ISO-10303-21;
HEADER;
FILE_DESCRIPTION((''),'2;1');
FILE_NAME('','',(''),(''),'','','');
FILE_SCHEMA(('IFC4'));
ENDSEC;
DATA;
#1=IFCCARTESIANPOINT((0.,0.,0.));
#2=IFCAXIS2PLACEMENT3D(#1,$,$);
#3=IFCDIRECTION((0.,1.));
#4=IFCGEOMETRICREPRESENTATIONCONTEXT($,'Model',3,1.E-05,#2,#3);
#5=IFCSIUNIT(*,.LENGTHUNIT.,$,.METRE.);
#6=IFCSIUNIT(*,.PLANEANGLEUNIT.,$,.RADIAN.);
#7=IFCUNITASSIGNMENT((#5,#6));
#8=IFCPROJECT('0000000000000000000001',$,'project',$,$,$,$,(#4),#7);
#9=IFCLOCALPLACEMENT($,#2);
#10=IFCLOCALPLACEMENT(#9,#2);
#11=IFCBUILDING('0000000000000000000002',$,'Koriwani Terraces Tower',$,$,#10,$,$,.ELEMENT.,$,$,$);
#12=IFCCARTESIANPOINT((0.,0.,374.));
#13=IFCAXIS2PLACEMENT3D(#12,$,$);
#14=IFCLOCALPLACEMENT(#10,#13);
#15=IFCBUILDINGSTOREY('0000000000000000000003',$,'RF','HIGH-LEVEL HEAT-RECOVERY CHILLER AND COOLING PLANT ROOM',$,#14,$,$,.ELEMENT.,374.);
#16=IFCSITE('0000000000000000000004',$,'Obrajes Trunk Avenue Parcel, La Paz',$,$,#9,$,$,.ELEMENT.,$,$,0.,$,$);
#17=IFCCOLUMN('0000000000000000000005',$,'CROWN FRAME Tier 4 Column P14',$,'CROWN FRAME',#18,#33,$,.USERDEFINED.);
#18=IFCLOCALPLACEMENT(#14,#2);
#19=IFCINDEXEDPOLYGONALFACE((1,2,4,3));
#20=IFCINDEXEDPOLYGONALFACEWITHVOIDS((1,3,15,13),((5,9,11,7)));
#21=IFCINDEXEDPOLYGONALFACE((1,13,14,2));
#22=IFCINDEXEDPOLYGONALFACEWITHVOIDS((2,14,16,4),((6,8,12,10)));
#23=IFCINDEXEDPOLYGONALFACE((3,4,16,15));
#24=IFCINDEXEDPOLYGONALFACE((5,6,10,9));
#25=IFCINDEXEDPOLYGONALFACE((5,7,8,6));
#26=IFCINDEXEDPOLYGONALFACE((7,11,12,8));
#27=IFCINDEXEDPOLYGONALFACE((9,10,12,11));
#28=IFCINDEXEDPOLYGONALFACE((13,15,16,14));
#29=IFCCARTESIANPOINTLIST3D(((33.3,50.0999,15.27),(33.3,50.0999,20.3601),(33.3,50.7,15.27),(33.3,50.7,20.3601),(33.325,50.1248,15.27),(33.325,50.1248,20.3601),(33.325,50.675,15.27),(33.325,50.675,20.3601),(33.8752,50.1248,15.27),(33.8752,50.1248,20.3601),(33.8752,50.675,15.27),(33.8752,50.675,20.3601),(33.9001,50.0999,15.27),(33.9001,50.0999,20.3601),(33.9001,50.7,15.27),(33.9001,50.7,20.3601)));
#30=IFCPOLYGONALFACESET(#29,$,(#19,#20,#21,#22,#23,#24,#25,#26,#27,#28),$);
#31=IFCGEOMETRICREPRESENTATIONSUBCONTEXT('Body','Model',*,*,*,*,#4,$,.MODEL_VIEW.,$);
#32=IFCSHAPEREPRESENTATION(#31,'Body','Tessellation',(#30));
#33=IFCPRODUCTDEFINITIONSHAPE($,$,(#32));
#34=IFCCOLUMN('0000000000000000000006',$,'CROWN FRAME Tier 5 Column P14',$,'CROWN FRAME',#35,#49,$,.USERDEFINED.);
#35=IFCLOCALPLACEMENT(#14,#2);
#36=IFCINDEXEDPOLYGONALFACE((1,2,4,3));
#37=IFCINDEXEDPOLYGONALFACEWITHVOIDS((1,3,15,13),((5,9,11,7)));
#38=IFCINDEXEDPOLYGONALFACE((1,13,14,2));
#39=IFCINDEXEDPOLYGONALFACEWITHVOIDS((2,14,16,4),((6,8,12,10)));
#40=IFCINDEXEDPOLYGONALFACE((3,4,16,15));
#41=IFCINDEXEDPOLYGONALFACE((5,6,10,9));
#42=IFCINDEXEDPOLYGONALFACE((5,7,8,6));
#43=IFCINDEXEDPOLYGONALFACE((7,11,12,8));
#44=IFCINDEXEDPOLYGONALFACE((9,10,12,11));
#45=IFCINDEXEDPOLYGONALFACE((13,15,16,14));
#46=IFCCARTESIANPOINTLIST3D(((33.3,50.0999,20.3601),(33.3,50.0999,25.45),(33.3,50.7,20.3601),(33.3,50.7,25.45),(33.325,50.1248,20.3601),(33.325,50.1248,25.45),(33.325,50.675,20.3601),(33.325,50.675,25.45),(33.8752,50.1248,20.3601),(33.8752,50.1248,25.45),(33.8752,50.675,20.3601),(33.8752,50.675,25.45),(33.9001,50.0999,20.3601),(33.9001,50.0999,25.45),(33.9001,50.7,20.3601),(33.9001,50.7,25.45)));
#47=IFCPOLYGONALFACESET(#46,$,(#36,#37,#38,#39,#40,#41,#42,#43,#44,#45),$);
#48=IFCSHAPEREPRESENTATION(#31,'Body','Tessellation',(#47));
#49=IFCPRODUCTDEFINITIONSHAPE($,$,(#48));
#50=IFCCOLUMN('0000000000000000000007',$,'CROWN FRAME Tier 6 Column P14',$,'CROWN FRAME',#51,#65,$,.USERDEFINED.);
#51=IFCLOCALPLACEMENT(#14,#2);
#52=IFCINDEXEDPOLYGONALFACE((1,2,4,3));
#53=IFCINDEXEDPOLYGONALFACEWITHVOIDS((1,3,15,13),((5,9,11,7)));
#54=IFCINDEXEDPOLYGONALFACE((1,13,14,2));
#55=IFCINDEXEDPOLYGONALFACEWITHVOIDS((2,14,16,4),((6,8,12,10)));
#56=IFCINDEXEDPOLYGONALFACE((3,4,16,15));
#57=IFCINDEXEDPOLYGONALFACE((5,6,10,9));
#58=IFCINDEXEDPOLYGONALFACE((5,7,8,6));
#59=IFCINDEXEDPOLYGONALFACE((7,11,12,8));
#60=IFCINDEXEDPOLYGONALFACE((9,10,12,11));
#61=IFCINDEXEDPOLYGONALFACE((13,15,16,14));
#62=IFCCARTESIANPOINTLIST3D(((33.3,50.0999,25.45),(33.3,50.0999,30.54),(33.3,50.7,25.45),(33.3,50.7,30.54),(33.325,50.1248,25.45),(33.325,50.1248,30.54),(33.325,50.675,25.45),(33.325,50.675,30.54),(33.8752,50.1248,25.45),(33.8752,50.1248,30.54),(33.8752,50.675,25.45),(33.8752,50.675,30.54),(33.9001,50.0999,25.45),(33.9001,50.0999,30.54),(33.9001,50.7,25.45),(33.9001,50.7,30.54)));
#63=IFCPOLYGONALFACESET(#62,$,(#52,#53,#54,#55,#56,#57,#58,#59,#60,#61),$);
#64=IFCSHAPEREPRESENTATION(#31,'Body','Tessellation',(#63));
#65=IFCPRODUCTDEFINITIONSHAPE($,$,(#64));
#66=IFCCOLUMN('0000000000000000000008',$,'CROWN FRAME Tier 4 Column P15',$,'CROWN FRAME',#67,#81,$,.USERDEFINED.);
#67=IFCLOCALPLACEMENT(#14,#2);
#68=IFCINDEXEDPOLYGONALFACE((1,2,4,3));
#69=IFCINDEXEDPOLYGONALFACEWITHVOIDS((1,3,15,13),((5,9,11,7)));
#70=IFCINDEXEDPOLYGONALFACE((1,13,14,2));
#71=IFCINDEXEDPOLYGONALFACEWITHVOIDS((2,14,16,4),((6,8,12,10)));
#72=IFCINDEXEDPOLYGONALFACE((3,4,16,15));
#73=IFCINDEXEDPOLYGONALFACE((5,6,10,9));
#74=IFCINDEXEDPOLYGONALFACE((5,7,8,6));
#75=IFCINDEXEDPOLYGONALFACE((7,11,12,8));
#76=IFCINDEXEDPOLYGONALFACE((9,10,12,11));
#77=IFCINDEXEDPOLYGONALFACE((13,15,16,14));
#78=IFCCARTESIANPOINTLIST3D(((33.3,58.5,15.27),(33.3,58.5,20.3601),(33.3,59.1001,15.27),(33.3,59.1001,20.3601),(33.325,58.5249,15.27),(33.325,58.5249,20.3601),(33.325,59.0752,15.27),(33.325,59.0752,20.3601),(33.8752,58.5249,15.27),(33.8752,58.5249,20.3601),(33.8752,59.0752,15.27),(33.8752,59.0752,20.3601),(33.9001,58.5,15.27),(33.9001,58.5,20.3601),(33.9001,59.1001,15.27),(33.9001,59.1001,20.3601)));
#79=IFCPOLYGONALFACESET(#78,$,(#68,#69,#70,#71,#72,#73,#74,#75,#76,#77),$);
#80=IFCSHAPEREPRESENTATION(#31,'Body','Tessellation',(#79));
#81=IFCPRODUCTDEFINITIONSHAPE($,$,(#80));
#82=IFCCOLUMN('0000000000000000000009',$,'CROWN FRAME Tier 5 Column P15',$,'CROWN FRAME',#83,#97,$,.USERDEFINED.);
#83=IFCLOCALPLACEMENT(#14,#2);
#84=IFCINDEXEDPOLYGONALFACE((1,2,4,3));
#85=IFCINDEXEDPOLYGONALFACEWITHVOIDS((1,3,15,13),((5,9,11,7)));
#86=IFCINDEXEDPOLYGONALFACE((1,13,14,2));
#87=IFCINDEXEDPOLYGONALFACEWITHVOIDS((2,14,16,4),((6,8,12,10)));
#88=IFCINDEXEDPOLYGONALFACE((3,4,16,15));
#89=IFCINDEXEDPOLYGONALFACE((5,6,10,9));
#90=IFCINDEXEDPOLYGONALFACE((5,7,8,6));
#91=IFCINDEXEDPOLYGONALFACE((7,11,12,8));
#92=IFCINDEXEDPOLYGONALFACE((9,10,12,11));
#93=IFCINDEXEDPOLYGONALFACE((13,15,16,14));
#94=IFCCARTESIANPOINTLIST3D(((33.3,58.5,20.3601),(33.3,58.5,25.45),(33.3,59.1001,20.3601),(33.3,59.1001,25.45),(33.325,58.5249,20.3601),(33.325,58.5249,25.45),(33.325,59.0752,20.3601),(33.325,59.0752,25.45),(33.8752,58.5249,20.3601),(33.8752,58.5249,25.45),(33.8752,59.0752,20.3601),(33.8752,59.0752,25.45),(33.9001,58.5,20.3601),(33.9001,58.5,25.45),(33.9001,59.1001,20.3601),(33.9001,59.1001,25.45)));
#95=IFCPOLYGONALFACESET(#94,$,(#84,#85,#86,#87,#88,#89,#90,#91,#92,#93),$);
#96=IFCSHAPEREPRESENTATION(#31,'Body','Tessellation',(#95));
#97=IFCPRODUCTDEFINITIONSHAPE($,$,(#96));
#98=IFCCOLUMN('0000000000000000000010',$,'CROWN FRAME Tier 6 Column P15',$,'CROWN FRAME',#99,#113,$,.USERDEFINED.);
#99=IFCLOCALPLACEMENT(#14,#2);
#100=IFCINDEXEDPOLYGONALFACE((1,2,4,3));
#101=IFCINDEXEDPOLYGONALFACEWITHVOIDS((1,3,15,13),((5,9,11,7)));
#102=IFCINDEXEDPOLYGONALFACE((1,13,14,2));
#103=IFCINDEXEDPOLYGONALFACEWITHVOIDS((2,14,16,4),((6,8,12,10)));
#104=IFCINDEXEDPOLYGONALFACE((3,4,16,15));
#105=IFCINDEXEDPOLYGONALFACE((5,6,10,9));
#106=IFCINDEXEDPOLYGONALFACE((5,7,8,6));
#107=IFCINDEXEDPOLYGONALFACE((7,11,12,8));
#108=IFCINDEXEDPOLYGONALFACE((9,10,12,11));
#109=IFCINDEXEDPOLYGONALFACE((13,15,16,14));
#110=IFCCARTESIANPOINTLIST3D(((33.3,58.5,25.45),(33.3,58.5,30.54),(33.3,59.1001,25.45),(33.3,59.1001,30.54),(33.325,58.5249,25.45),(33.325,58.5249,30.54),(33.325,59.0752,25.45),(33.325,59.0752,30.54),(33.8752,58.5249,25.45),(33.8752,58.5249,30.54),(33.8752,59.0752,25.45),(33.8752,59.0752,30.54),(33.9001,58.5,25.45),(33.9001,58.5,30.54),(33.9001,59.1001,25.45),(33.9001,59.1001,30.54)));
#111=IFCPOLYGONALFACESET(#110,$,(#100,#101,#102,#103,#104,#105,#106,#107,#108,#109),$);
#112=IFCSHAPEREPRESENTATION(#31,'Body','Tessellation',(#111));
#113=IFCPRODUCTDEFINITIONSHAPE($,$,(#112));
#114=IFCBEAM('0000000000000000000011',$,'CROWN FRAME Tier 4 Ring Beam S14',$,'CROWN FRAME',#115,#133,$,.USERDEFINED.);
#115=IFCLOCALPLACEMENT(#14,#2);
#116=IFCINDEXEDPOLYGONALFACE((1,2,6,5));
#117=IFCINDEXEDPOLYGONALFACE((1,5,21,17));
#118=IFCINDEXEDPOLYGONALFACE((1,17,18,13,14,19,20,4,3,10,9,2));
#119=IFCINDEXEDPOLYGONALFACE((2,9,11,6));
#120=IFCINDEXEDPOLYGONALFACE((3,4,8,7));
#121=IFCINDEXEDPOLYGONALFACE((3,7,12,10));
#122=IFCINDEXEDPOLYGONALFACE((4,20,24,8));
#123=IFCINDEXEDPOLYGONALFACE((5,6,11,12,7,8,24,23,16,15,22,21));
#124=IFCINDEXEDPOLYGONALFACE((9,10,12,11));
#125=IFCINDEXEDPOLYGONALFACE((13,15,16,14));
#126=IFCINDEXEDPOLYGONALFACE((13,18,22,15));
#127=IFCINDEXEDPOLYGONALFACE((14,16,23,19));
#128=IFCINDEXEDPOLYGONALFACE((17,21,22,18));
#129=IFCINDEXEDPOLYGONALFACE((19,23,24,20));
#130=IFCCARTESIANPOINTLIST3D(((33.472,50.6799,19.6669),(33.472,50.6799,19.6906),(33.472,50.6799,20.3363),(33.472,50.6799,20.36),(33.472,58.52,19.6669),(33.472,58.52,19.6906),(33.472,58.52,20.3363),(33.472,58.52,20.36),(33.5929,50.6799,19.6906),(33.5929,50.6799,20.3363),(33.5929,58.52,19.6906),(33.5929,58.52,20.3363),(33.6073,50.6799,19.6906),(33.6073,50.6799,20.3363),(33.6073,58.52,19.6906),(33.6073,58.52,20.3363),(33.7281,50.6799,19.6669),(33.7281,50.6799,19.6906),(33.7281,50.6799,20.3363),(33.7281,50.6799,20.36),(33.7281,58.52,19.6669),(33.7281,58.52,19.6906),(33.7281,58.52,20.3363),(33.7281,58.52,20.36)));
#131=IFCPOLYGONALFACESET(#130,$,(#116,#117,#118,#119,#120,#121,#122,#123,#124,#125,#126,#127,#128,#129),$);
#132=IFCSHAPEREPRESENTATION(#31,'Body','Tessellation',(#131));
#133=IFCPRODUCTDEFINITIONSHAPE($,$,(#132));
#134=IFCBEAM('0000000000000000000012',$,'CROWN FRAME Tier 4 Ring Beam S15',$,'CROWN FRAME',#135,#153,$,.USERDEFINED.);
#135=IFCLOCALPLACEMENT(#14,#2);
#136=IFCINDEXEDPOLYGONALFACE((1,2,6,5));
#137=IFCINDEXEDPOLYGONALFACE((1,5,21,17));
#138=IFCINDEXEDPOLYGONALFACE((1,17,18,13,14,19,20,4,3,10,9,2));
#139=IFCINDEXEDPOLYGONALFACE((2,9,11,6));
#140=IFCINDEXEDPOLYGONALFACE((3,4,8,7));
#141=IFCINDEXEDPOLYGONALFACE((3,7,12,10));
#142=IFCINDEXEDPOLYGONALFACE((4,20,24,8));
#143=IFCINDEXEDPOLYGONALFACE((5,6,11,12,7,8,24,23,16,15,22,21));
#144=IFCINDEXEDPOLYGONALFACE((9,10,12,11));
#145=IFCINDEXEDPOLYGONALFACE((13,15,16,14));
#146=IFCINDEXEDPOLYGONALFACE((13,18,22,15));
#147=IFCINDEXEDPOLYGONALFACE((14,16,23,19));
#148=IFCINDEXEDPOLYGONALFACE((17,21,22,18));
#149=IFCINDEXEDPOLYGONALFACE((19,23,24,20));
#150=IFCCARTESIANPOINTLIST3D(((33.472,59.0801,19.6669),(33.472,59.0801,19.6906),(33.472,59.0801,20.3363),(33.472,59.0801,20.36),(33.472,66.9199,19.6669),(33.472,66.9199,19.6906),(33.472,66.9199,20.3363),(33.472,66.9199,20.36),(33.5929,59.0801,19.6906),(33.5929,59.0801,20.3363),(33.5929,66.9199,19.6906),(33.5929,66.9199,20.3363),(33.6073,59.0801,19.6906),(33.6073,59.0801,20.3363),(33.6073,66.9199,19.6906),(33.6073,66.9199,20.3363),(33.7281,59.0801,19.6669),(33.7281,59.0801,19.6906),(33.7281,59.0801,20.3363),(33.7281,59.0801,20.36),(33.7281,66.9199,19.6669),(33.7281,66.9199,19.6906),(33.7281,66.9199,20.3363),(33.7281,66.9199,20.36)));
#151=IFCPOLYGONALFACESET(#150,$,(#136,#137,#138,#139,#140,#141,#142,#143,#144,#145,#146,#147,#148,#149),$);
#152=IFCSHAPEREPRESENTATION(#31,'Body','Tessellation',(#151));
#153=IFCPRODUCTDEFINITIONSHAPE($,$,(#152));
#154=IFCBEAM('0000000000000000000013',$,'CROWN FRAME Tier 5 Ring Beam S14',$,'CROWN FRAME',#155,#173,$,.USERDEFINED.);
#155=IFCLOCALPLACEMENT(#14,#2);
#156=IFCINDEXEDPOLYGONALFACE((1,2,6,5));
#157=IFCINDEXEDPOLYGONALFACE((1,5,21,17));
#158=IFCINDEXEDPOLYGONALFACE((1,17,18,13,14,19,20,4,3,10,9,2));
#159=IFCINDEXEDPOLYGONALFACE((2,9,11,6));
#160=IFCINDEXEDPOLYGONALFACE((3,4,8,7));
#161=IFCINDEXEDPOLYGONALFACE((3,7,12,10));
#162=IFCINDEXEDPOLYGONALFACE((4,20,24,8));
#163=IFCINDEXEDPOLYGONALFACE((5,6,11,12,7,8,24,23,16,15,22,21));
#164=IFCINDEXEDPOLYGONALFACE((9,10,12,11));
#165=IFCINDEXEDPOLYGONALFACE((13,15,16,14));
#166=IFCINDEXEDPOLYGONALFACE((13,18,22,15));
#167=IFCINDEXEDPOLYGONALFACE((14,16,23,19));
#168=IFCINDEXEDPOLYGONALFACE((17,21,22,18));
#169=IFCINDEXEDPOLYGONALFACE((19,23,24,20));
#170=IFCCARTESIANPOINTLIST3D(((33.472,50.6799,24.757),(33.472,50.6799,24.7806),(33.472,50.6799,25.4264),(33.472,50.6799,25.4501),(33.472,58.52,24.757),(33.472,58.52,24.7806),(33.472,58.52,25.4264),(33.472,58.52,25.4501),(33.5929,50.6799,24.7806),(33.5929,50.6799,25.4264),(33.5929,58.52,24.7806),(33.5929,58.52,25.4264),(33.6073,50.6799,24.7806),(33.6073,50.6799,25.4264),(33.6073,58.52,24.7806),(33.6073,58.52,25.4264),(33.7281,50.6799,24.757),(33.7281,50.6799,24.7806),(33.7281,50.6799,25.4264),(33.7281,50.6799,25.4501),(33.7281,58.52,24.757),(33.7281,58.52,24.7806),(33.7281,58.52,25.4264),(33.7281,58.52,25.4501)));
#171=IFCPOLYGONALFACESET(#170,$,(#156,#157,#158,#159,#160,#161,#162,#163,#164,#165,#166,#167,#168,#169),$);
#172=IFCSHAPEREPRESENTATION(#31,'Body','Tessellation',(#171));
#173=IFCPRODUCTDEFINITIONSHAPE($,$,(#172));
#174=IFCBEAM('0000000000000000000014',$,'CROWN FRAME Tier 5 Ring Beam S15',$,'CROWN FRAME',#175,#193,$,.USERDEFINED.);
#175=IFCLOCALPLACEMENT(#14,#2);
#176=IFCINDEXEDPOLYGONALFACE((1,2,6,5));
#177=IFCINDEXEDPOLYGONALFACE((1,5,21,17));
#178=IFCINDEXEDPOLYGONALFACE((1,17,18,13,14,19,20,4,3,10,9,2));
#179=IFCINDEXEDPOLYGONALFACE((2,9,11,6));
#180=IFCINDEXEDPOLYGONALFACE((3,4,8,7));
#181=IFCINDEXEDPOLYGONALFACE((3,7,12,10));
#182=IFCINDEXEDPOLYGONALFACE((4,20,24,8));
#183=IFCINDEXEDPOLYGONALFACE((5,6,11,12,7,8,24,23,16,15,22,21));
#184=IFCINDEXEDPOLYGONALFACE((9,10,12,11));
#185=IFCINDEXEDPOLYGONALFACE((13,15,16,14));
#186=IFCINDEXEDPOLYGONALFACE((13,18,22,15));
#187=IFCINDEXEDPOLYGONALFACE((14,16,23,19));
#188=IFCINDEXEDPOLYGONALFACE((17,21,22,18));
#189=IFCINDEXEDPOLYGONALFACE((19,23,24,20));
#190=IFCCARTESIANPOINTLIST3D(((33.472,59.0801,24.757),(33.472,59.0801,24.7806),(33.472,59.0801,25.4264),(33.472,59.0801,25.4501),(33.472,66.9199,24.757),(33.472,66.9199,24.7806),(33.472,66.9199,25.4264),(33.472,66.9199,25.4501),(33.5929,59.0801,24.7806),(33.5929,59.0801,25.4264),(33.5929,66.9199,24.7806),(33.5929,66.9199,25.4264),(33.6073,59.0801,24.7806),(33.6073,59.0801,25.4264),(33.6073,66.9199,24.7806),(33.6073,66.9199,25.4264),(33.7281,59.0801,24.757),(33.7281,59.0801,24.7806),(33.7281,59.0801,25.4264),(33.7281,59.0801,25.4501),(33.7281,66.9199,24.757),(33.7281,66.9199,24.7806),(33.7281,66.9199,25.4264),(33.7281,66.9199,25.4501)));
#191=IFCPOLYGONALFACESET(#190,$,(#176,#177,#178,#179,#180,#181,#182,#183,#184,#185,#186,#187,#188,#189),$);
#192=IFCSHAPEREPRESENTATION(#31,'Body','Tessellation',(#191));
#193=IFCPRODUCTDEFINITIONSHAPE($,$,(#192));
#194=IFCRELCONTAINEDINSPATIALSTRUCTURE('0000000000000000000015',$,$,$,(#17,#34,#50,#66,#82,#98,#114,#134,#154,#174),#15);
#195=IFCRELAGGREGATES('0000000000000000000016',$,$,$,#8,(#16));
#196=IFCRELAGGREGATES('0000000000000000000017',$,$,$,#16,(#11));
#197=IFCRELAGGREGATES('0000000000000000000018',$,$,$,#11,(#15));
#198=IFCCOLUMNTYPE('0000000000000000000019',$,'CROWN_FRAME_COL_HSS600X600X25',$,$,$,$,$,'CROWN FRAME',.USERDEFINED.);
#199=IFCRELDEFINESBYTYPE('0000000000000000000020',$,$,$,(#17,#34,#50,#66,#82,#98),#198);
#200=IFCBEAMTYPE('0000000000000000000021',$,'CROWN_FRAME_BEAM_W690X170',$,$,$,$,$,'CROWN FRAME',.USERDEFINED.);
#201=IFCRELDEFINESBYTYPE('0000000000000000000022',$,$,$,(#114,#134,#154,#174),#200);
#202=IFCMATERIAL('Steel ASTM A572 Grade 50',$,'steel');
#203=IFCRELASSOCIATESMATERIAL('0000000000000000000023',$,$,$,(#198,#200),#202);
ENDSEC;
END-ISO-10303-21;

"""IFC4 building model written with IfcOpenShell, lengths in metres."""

from ifc_helpers import new_model, si_unit, direction, frame, origin, origin_2d, place, context, subcontext, project, spatial, hollow_rectangle, i_section, extrude, material, material_profile, profile_set, type_object, element, save


model = new_model("IFC4")

# Units and contexts
model_context = context("Model", 3, precision=1e-05, world=origin(), true_north=direction((0.0, 1.0)))
body_context = subcontext(model_context, "Body", "Model", "MODEL_VIEW")
ifc_project = project(units=[si_unit("LENGTHUNIT", "METRE"), si_unit("PLANEANGLEUNIT", "RADIAN")], contexts=[model_context])

# Site, building, storey
site_placement = place(None, origin())
site = spatial("IfcSite", under=ifc_project, at=site_placement, Name="Obrajes Trunk Avenue Parcel, La Paz", CompositionType="ELEMENT", RefElevation=0.0)
building_placement = place(site_placement, origin())
building = spatial("IfcBuilding", under=site, at=building_placement, Name="Koriwani Terraces Tower", CompositionType="ELEMENT")
storey_placement = place(building_placement, frame((0.0, 0.0, 374.0)))
storey = spatial("IfcBuildingStorey", under=building, at=storey_placement, Name="RF", Description="HIGH-LEVEL HEAT-RECOVERY CHILLER AND COOLING PLANT ROOM", CompositionType="ELEMENT", Elevation=374.0)

# Columns
ifc_material_1 = material(Name="Steel ASTM A572 Grade 50", Category="steel")
ifc_material_profile_1 = material_profile(ifc_material_1, hollow_rectangle(XDim=0.6001, YDim=0.6001, WallThickness=0.0249, at=origin_2d()), Name="Steel ASTM A572 Grade 50", Category="LoadBearing")
ifc_profile_set_1 = profile_set([ifc_material_profile_1], Name="Steel ASTM A572 Grade 50")
column_type = type_object("IfcColumnType", Name="CROWN_FRAME_COL_HSS600X600X25", ElementType="CROWN FRAME", PredefinedType="USERDEFINED", material=ifc_profile_set_1)
column_1_placement = place(storey_placement, frame((33.6001, 50.3999, 15.27), z_axis=(0.0, 0.0, 1.0), x_axis=(1.0, 0.0, 0.0)))
element("IfcColumn", 1, at=column_1_placement, inside=storey, type_object=column_type, Name="CROWN FRAME Tier 4 Column P14", ObjectType="CROWN FRAME", PredefinedType="USERDEFINED", context=body_context, shape_type="SweptSolid", body=[
    extrude(hollow_rectangle(XDim=0.6001, YDim=0.6001, WallThickness=0.0249, at=origin_2d()), origin(), (0.0, 0.0, 1.0), 5.0901),
])
column_2_placement = place(storey_placement, frame((33.6001, 50.3999, 20.3601), z_axis=(0.0, 0.0, 1.0), x_axis=(1.0, 0.0, 0.0)))
element("IfcColumn", 2, at=column_2_placement, inside=storey, type_object=column_type, Name="CROWN FRAME Tier 5 Column P14", ObjectType="CROWN FRAME", PredefinedType="USERDEFINED", context=body_context, shape_type="SweptSolid", body=[
    extrude(hollow_rectangle(XDim=0.6001, YDim=0.6001, WallThickness=0.0249, at=origin_2d()), origin(), (0.0, 0.0, 1.0), 5.0898),
])
for number, where, z_axis, x_axis, name in (
    (3, (33.6001, 50.3999, 25.45), (0.0, 0.0, 1.0), (1.0, 0.0, 0.0), "CROWN FRAME Tier 6 Column P14"),
    (4, (33.6001, 58.8, 15.27), (0.0, 0.0, 1.0), (1.0, 0.0, 0.0), "CROWN FRAME Tier 4 Column P15"),
):
    element("IfcColumn", number, at=place(storey_placement, frame(where, z_axis=z_axis, x_axis=x_axis)), inside=storey, type_object=column_type, Name=name, ObjectType="CROWN FRAME", PredefinedType="USERDEFINED", context=body_context, shape_type="SweptSolid", body=[
        extrude(hollow_rectangle(XDim=0.6001, YDim=0.6001, WallThickness=0.0249, at=origin_2d()), origin(), (0.0, 0.0, 1.0), 5.0901),
    ])
column_3_placement = place(storey_placement, frame((33.6001, 58.8, 20.3601), z_axis=(0.0, 0.0, 1.0), x_axis=(1.0, 0.0, 0.0)))
element("IfcColumn", 5, at=column_3_placement, inside=storey, type_object=column_type, Name="CROWN FRAME Tier 5 Column P15", ObjectType="CROWN FRAME", PredefinedType="USERDEFINED", context=body_context, shape_type="SweptSolid", body=[
    extrude(hollow_rectangle(XDim=0.6001, YDim=0.6001, WallThickness=0.0249, at=origin_2d()), origin(), (0.0, 0.0, 1.0), 5.0898),
])
column_4_placement = place(storey_placement, frame((33.6001, 58.8, 25.45), z_axis=(0.0, 0.0, 1.0), x_axis=(1.0, 0.0, 0.0)))
element("IfcColumn", 6, at=column_4_placement, inside=storey, type_object=column_type, Name="CROWN FRAME Tier 6 Column P15", ObjectType="CROWN FRAME", PredefinedType="USERDEFINED", context=body_context, shape_type="SweptSolid", body=[
    extrude(hollow_rectangle(XDim=0.6001, YDim=0.6001, WallThickness=0.0249, at=origin_2d()), origin(), (0.0, 0.0, 1.0), 5.0901),
])

# Beams
ifc_material_profile_2 = material_profile(ifc_material_1, i_section(OverallWidth=0.2561, OverallDepth=0.6931, WebThickness=0.0144, FlangeThickness=0.0237, at=origin_2d()), Name="Steel ASTM A572 Grade 50", Category="LoadBearing")
ifc_profile_set_2 = profile_set([ifc_material_profile_2], Name="Steel ASTM A572 Grade 50")
beam_type_1 = type_object("IfcBeamType", Name="CROWN_FRAME_BEAM_W690X170", ElementType="CROWN FRAME", PredefinedType="USERDEFINED", material=ifc_profile_set_2)
beam_1_placement = place(storey_placement, frame((33.6001, 50.6799, 20.0134), z_axis=(0.0, 1.0, 0.0), x_axis=(-1.0, 0.0, 0.0)))
element("IfcBeam", 7, at=beam_1_placement, inside=storey, type_object=beam_type_1, Name="CROWN FRAME Tier 4 Ring Beam S14", ObjectType="CROWN FRAME", PredefinedType="USERDEFINED", context=body_context, shape_type="SweptSolid", body=[
    extrude(i_section(OverallWidth=0.2561, OverallDepth=0.6931, WebThickness=0.0144, FlangeThickness=0.0237, at=origin_2d()), origin(), (0.0, 0.0, 1.0), 7.8401),
])
beam_2_placement = place(storey_placement, frame((33.6001, 59.0801, 20.0134), z_axis=(0.0, 1.0, 0.0), x_axis=(-1.0, 0.0, 0.0)))
element("IfcBeam", 8, at=beam_2_placement, inside=storey, type_object=beam_type_1, Name="CROWN FRAME Tier 4 Ring Beam S15", ObjectType="CROWN FRAME", PredefinedType="USERDEFINED", context=body_context, shape_type="SweptSolid", body=[
    extrude(i_section(OverallWidth=0.2561, OverallDepth=0.6931, WebThickness=0.0144, FlangeThickness=0.0237, at=origin_2d()), origin(), (0.0, 0.0, 1.0), 7.8398),
])
beam_3_placement = place(storey_placement, frame((33.6001, 50.6799, 25.1035), z_axis=(0.0, 1.0, 0.0), x_axis=(-1.0, 0.0, 0.0)))
element("IfcBeam", 9, at=beam_3_placement, inside=storey, type_object=beam_type_1, Name="CROWN FRAME Tier 5 Ring Beam S14", ObjectType="CROWN FRAME", PredefinedType="USERDEFINED", context=body_context, shape_type="SweptSolid", body=[
    extrude(i_section(OverallWidth=0.2561, OverallDepth=0.6931, WebThickness=0.0144, FlangeThickness=0.0237, at=origin_2d()), origin(), (0.0, 0.0, 1.0), 7.8401),
])
beam_4_placement = place(storey_placement, frame((33.6001, 59.0801, 25.1035), z_axis=(0.0, 1.0, 0.0), x_axis=(-1.0, 0.0, 0.0)))
element("IfcBeam", 10, at=beam_4_placement, inside=storey, type_object=beam_type_1, Name="CROWN FRAME Tier 5 Ring Beam S15", ObjectType="CROWN FRAME", PredefinedType="USERDEFINED", context=body_context, shape_type="SweptSolid", body=[
    extrude(i_section(OverallWidth=0.2561, OverallDepth=0.6931, WebThickness=0.0144, FlangeThickness=0.0237, at=origin_2d()), origin(), (0.0, 0.0, 1.0), 7.8398),
])

save(model, "model.ifc")
